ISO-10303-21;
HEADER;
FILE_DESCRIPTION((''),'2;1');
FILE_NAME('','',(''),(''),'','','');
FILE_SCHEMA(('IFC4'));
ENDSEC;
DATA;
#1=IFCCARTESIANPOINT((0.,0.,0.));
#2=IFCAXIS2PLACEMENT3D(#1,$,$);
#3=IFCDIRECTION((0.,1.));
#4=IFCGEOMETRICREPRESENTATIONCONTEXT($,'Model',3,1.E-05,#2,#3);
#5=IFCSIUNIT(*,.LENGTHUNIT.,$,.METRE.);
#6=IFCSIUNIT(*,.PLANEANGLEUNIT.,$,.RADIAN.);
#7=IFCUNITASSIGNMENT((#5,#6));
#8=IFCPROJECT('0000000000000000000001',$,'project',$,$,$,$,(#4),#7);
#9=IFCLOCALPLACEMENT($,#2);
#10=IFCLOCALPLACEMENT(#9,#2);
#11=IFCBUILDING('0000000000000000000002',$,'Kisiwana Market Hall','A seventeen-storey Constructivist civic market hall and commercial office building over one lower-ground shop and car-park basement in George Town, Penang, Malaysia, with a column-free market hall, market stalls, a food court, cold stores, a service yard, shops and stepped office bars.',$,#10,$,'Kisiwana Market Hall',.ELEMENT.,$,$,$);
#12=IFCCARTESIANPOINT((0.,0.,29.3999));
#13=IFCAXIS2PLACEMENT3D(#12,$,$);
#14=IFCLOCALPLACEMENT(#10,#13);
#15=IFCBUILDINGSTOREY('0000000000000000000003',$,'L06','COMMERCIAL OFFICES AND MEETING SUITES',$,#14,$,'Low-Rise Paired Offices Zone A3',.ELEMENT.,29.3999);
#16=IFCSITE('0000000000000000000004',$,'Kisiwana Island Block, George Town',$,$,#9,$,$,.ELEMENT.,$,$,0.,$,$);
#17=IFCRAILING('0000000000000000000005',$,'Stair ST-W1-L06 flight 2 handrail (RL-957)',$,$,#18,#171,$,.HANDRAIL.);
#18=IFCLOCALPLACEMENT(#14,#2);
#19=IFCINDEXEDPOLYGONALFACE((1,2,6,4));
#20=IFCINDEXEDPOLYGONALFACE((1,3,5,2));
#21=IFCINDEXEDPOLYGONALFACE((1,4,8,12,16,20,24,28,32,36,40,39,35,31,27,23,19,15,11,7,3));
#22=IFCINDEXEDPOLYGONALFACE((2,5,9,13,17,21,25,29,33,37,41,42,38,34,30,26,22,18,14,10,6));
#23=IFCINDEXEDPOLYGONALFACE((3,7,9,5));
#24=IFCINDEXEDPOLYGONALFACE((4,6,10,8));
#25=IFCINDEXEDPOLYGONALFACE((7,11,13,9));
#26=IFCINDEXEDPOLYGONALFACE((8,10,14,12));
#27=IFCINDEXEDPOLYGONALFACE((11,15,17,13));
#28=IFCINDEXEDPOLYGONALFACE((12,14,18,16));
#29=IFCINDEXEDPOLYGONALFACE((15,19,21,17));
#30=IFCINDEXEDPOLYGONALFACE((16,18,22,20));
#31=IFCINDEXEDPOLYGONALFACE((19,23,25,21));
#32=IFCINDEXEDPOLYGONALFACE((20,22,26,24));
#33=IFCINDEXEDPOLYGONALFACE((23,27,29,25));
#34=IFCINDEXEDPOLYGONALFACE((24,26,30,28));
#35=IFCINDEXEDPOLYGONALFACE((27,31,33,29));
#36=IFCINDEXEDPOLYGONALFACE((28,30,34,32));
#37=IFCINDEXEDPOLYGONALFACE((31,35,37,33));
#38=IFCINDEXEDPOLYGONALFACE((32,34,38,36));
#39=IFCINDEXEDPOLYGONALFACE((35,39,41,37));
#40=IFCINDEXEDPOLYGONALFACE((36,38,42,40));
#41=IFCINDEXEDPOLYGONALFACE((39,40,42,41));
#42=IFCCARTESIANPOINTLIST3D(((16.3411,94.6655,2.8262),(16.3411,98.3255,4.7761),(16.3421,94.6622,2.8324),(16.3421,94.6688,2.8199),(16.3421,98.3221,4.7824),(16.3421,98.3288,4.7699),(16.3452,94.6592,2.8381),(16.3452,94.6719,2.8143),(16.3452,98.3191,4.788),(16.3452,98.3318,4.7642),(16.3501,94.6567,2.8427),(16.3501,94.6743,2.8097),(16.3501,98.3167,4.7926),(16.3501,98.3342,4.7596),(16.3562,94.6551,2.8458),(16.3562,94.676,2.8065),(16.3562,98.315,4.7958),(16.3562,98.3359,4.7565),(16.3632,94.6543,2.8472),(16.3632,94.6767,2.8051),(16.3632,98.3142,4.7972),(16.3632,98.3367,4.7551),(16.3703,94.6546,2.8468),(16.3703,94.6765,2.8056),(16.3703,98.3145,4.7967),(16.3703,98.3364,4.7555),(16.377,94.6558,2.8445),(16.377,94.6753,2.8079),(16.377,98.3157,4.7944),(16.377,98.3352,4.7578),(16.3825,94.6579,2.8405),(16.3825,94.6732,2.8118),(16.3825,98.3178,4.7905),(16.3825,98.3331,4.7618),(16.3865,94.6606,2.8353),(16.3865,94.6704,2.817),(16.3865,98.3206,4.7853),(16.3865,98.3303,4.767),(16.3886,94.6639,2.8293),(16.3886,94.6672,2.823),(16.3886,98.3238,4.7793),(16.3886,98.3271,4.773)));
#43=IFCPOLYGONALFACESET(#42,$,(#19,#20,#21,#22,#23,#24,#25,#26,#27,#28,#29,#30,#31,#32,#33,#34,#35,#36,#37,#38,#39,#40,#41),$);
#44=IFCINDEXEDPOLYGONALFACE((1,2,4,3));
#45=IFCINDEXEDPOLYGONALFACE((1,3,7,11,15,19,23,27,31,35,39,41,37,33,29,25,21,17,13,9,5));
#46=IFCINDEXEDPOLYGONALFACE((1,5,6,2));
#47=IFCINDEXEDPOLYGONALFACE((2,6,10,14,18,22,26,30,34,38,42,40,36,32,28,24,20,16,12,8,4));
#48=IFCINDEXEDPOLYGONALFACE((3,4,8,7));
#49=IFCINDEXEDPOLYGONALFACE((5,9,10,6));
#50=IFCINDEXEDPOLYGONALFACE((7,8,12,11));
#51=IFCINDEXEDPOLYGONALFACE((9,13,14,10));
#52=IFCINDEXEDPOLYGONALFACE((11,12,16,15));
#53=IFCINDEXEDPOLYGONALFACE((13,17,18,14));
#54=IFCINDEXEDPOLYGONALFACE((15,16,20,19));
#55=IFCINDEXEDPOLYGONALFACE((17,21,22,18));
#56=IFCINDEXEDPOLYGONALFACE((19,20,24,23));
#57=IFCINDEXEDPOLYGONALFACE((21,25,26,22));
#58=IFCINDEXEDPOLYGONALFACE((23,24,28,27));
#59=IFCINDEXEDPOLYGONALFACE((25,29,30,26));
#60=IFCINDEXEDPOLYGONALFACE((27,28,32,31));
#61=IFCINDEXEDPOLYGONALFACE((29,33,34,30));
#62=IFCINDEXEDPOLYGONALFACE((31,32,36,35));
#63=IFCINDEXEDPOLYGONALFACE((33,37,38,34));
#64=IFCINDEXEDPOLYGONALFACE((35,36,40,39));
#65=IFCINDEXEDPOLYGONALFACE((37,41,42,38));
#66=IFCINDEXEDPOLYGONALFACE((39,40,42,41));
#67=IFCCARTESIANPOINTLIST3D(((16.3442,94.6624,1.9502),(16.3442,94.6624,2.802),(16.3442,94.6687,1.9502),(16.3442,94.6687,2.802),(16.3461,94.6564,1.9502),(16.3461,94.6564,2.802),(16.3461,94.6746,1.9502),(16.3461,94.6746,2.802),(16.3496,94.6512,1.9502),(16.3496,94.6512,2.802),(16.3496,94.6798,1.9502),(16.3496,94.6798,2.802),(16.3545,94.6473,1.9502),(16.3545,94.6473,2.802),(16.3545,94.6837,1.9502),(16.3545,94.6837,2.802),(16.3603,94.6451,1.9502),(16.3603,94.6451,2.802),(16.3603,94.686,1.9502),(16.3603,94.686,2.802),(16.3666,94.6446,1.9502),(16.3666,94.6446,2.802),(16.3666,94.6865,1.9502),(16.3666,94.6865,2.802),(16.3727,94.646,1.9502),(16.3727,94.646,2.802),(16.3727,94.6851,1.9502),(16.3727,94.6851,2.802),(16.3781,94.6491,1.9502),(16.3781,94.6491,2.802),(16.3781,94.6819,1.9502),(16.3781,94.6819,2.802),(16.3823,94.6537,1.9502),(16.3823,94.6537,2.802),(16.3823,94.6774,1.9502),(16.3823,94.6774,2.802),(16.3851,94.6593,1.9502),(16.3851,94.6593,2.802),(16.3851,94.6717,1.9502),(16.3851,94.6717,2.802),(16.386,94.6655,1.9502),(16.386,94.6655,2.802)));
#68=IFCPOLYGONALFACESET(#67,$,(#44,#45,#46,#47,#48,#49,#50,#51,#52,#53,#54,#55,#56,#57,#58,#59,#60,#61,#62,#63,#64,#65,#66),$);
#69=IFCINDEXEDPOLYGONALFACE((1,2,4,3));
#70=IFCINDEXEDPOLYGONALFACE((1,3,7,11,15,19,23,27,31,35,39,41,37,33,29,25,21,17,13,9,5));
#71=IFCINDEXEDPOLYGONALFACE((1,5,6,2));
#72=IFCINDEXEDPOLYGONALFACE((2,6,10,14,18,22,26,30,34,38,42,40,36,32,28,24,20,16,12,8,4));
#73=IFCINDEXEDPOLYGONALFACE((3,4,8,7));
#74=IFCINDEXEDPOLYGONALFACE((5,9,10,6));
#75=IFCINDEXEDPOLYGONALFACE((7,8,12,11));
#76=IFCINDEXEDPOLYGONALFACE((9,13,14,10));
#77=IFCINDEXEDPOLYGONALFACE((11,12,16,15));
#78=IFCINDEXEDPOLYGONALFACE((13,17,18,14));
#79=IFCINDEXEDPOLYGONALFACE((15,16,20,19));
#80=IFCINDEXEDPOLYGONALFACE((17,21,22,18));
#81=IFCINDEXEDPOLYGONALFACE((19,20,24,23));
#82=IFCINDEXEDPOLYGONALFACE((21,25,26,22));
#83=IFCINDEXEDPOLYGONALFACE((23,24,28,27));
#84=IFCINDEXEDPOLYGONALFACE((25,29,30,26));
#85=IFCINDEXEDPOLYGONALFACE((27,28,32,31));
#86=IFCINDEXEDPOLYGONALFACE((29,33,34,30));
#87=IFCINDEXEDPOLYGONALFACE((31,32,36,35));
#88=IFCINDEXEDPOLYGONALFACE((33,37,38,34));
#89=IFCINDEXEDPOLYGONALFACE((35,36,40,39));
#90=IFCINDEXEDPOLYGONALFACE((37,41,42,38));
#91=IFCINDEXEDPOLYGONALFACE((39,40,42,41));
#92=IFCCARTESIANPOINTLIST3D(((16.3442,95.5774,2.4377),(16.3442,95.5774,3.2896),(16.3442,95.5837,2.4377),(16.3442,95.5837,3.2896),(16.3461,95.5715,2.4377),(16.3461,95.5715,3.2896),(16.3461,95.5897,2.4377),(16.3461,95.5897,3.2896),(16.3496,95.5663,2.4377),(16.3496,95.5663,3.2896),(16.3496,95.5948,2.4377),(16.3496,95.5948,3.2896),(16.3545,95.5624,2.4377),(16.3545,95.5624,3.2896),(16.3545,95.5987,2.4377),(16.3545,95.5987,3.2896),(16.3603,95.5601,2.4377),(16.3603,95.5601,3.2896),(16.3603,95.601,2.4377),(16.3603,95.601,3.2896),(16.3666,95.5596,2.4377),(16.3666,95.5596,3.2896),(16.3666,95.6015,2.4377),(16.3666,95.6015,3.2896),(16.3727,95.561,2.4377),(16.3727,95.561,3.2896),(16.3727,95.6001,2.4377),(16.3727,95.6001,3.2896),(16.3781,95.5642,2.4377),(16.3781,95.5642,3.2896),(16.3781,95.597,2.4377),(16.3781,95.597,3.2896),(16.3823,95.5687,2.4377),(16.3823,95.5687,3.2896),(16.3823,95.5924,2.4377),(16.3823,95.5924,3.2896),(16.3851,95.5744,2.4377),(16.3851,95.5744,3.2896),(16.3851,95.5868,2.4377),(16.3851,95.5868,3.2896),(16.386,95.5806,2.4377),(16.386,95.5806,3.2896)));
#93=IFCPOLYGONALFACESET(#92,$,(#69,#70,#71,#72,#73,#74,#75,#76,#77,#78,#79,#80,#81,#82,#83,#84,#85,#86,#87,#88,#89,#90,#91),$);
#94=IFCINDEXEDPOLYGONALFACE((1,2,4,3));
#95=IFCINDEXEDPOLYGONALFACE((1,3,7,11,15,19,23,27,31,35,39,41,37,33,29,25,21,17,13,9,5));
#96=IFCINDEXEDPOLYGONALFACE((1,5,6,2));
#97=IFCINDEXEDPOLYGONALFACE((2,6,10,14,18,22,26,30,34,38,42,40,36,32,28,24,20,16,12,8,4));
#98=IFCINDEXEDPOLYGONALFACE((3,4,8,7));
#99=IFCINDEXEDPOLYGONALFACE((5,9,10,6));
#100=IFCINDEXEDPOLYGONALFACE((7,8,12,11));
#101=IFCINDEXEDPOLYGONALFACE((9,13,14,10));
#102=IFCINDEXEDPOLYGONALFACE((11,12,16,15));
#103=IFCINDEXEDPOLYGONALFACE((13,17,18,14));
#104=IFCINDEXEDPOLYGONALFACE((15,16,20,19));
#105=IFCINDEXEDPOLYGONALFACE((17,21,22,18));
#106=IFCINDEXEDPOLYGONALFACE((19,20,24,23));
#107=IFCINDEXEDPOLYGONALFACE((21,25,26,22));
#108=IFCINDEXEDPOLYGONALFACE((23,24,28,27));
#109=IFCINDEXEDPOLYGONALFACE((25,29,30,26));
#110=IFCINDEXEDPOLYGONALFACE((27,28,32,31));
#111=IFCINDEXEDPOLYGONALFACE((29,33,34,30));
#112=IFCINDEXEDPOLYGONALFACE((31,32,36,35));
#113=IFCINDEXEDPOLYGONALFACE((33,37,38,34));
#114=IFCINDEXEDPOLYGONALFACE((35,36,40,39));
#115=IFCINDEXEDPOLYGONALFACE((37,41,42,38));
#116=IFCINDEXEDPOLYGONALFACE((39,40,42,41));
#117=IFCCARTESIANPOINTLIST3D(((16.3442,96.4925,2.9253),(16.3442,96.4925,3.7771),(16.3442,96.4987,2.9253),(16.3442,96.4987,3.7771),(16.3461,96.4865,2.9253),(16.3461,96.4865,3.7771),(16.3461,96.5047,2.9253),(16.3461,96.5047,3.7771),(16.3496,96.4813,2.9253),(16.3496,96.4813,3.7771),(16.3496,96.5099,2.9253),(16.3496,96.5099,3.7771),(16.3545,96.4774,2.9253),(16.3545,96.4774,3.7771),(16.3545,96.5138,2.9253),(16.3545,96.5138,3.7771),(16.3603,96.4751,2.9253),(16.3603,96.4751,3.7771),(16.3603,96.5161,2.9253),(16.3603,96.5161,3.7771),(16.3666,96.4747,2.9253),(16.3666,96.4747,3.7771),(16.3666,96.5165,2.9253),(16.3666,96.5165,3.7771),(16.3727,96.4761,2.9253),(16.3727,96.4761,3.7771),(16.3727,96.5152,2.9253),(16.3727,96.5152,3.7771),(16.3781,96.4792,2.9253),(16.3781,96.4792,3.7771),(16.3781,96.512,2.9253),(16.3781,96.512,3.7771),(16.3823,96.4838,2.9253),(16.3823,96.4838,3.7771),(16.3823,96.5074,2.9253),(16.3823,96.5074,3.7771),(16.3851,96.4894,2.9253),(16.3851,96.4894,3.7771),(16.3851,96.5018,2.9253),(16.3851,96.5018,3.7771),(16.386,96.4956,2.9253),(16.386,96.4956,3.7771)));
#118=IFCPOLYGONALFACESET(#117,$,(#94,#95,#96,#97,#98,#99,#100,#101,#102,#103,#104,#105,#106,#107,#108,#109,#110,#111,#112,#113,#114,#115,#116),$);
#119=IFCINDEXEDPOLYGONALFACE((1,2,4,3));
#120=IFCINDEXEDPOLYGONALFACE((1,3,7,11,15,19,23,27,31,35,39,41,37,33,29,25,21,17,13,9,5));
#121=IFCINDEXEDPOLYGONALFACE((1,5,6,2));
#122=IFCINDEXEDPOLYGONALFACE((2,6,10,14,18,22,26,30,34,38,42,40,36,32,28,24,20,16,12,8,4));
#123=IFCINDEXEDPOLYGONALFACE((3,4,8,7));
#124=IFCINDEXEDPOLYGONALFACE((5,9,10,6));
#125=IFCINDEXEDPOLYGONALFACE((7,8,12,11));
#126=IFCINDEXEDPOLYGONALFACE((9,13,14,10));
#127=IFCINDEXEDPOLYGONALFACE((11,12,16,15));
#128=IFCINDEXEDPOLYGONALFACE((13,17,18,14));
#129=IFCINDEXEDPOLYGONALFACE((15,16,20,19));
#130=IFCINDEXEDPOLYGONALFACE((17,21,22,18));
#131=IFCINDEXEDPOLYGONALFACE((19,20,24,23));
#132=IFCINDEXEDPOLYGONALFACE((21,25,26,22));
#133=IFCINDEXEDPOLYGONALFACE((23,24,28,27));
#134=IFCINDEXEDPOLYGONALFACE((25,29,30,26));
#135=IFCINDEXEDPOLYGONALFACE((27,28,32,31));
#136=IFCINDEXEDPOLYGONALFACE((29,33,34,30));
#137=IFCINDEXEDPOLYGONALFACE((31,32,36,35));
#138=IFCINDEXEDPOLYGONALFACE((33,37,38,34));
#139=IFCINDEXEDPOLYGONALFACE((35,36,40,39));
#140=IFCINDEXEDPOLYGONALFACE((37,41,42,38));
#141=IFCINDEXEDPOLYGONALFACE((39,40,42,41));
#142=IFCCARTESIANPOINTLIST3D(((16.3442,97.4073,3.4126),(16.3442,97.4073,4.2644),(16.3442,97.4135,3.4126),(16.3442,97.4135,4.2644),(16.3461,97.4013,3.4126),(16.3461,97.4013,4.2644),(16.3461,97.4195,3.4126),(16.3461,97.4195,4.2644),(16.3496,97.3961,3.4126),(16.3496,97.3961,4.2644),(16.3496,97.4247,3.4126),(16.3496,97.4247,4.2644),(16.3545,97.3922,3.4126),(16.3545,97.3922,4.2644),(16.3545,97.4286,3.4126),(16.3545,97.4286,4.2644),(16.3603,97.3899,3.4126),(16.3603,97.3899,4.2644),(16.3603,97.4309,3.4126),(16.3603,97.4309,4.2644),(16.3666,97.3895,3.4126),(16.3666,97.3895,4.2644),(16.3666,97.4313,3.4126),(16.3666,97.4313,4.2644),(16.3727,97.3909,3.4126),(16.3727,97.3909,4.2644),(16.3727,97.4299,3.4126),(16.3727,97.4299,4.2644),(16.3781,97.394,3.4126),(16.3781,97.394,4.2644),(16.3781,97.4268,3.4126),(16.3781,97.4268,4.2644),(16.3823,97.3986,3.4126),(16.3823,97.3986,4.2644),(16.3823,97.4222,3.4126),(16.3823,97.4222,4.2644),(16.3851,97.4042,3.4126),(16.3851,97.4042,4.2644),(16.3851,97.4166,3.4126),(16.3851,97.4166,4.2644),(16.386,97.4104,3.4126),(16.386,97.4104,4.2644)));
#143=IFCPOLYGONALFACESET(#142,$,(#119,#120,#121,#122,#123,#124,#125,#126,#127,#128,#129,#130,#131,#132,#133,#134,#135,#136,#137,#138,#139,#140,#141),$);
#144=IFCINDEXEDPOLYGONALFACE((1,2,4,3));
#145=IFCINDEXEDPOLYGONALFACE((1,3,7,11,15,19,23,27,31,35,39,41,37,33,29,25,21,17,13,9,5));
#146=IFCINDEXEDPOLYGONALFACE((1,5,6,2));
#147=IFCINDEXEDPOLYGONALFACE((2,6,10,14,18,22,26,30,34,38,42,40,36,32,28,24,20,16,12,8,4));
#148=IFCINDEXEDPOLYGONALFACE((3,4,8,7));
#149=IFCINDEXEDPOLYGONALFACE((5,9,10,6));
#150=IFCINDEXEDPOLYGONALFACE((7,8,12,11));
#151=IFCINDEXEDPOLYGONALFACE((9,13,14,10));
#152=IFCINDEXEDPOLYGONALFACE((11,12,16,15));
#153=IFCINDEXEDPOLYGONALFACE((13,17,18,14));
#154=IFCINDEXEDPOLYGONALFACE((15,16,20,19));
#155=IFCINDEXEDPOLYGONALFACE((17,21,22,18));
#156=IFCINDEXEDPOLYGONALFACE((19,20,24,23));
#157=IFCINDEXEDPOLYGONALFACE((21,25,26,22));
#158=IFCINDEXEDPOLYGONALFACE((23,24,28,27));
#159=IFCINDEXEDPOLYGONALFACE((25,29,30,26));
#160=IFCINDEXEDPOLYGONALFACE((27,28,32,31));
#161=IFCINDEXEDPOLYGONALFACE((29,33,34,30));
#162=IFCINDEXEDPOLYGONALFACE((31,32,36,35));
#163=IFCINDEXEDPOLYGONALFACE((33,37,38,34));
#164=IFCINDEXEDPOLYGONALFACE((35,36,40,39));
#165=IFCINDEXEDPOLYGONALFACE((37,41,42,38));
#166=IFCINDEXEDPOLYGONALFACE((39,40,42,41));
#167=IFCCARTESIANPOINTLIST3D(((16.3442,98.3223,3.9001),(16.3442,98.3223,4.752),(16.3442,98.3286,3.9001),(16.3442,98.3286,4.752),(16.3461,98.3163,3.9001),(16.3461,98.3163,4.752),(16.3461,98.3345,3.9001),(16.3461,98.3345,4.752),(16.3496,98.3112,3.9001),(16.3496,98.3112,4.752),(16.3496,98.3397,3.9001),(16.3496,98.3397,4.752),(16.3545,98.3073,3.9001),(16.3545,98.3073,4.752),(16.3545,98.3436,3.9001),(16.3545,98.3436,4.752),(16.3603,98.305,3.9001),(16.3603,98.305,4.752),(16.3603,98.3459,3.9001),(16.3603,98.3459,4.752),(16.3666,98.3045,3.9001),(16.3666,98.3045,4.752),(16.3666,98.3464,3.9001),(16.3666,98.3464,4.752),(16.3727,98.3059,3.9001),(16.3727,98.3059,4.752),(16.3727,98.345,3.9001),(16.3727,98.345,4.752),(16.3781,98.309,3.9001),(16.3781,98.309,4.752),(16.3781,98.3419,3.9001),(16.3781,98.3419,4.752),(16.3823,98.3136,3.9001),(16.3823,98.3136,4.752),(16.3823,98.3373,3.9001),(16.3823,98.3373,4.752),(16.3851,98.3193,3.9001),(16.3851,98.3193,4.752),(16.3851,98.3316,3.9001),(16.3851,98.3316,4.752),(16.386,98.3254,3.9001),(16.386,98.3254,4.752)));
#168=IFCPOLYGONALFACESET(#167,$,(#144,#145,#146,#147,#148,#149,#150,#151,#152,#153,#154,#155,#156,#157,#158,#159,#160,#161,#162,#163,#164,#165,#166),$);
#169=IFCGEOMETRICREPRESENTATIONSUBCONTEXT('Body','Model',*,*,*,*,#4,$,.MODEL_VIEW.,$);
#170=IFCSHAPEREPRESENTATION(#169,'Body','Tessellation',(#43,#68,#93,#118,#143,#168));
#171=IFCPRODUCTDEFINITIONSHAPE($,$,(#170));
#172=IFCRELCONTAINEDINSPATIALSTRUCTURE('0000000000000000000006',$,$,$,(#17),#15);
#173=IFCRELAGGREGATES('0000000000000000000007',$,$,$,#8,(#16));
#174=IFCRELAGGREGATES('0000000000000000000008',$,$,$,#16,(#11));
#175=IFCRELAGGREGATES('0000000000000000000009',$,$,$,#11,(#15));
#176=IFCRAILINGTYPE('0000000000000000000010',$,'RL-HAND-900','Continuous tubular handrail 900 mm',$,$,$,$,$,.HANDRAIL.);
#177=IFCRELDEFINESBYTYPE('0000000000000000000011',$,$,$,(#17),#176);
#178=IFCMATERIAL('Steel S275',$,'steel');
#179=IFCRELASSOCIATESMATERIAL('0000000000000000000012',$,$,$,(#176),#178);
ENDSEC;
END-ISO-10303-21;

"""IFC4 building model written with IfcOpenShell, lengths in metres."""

from ifc_helpers import new_model, si_unit, direction, frame, origin, origin_2d, place, context, subcontext, project, spatial, circle, extrude, material, type_object, element, save


model = new_model("IFC4")

# Units and contexts
model_context = context("Model", 3, precision=1e-05, world=origin(), true_north=direction((0.0, 1.0)))
body_context = subcontext(model_context, "Body", "Model", "MODEL_VIEW")
ifc_project = project(units=[si_unit("LENGTHUNIT", "METRE"), si_unit("PLANEANGLEUNIT", "RADIAN")], contexts=[model_context])

# Site, building, storey
site_placement = place(None, origin())
site = spatial("IfcSite", under=ifc_project, at=site_placement, Name="Kisiwana Island Block, George Town", CompositionType="ELEMENT", RefElevation=0.0)
building_placement = place(site_placement, origin())
building = spatial("IfcBuilding", under=site, at=building_placement, Name="Kisiwana Market Hall", Description="A seventeen-storey Constructivist civic market hall and commercial office building over one lower-ground shop and car-park basement in George Town, Penang, Malaysia, with a column-free market hall, market stalls, a food court, cold stores, a service yard, shops and stepped office bars.", LongName="Kisiwana Market Hall", CompositionType="ELEMENT")
storey_placement = place(building_placement, frame((0.0, 0.0, 29.3999)))
storey = spatial("IfcBuildingStorey", under=building, at=storey_placement, Name="L06", Description="COMMERCIAL OFFICES AND MEETING SUITES", LongName="Low-Rise Paired Offices Zone A3", CompositionType="ELEMENT", Elevation=29.3999)

# Railing
ifc_material_1 = material(Name="Steel S275", Category="steel")
railing_type_1 = type_object("IfcRailingType", Name="RL-HAND-900", Description="Continuous tubular handrail 900 mm", PredefinedType="HANDRAIL", material=ifc_material_1)
railing_1_placement = place(storey_placement, frame((16.365, 94.6655, 1.9502)))
element("IfcRailing", 1, at=railing_1_placement, inside=storey, type_object=railing_type_1, Name="Stair ST-W1-L06 flight 2 handrail (RL-957)", PredefinedType="HANDRAIL", context=body_context, shape_type="SweptSolid", body=[
    extrude(circle(Radius=0.0239, at=origin_2d()), frame((0.0, 0.0, 0.876), z_axis=(0.0, 0.882553, 0.470212), x_axis=(-1.0, 0.0, 0.0)), (0.0, 0.0, 1.0), 4.147),
    extrude(circle(Radius=0.021, at=origin_2d()), origin(), (0.0, 0.0, 1.0), 0.8518),
    extrude(circle(Radius=0.021, at=origin_2d()), frame((0.0, 0.915, 0.4875)), (0.0, 0.0, 1.0), 0.8518),
    extrude(circle(Radius=0.021, at=origin_2d()), frame((0.0, 1.8301, 0.9751)), (0.0, 0.0, 1.0), 0.8518),
    extrude(circle(Radius=0.021, at=origin_2d()), frame((0.0, 2.7449, 1.4624)), (0.0, 0.0, 1.0), 0.8518),
    extrude(circle(Radius=0.021, at=origin_2d()), frame((0.0, 3.6599, 1.95)), (0.0, 0.0, 1.0), 0.8518),
])

save(model, "model.ifc")
